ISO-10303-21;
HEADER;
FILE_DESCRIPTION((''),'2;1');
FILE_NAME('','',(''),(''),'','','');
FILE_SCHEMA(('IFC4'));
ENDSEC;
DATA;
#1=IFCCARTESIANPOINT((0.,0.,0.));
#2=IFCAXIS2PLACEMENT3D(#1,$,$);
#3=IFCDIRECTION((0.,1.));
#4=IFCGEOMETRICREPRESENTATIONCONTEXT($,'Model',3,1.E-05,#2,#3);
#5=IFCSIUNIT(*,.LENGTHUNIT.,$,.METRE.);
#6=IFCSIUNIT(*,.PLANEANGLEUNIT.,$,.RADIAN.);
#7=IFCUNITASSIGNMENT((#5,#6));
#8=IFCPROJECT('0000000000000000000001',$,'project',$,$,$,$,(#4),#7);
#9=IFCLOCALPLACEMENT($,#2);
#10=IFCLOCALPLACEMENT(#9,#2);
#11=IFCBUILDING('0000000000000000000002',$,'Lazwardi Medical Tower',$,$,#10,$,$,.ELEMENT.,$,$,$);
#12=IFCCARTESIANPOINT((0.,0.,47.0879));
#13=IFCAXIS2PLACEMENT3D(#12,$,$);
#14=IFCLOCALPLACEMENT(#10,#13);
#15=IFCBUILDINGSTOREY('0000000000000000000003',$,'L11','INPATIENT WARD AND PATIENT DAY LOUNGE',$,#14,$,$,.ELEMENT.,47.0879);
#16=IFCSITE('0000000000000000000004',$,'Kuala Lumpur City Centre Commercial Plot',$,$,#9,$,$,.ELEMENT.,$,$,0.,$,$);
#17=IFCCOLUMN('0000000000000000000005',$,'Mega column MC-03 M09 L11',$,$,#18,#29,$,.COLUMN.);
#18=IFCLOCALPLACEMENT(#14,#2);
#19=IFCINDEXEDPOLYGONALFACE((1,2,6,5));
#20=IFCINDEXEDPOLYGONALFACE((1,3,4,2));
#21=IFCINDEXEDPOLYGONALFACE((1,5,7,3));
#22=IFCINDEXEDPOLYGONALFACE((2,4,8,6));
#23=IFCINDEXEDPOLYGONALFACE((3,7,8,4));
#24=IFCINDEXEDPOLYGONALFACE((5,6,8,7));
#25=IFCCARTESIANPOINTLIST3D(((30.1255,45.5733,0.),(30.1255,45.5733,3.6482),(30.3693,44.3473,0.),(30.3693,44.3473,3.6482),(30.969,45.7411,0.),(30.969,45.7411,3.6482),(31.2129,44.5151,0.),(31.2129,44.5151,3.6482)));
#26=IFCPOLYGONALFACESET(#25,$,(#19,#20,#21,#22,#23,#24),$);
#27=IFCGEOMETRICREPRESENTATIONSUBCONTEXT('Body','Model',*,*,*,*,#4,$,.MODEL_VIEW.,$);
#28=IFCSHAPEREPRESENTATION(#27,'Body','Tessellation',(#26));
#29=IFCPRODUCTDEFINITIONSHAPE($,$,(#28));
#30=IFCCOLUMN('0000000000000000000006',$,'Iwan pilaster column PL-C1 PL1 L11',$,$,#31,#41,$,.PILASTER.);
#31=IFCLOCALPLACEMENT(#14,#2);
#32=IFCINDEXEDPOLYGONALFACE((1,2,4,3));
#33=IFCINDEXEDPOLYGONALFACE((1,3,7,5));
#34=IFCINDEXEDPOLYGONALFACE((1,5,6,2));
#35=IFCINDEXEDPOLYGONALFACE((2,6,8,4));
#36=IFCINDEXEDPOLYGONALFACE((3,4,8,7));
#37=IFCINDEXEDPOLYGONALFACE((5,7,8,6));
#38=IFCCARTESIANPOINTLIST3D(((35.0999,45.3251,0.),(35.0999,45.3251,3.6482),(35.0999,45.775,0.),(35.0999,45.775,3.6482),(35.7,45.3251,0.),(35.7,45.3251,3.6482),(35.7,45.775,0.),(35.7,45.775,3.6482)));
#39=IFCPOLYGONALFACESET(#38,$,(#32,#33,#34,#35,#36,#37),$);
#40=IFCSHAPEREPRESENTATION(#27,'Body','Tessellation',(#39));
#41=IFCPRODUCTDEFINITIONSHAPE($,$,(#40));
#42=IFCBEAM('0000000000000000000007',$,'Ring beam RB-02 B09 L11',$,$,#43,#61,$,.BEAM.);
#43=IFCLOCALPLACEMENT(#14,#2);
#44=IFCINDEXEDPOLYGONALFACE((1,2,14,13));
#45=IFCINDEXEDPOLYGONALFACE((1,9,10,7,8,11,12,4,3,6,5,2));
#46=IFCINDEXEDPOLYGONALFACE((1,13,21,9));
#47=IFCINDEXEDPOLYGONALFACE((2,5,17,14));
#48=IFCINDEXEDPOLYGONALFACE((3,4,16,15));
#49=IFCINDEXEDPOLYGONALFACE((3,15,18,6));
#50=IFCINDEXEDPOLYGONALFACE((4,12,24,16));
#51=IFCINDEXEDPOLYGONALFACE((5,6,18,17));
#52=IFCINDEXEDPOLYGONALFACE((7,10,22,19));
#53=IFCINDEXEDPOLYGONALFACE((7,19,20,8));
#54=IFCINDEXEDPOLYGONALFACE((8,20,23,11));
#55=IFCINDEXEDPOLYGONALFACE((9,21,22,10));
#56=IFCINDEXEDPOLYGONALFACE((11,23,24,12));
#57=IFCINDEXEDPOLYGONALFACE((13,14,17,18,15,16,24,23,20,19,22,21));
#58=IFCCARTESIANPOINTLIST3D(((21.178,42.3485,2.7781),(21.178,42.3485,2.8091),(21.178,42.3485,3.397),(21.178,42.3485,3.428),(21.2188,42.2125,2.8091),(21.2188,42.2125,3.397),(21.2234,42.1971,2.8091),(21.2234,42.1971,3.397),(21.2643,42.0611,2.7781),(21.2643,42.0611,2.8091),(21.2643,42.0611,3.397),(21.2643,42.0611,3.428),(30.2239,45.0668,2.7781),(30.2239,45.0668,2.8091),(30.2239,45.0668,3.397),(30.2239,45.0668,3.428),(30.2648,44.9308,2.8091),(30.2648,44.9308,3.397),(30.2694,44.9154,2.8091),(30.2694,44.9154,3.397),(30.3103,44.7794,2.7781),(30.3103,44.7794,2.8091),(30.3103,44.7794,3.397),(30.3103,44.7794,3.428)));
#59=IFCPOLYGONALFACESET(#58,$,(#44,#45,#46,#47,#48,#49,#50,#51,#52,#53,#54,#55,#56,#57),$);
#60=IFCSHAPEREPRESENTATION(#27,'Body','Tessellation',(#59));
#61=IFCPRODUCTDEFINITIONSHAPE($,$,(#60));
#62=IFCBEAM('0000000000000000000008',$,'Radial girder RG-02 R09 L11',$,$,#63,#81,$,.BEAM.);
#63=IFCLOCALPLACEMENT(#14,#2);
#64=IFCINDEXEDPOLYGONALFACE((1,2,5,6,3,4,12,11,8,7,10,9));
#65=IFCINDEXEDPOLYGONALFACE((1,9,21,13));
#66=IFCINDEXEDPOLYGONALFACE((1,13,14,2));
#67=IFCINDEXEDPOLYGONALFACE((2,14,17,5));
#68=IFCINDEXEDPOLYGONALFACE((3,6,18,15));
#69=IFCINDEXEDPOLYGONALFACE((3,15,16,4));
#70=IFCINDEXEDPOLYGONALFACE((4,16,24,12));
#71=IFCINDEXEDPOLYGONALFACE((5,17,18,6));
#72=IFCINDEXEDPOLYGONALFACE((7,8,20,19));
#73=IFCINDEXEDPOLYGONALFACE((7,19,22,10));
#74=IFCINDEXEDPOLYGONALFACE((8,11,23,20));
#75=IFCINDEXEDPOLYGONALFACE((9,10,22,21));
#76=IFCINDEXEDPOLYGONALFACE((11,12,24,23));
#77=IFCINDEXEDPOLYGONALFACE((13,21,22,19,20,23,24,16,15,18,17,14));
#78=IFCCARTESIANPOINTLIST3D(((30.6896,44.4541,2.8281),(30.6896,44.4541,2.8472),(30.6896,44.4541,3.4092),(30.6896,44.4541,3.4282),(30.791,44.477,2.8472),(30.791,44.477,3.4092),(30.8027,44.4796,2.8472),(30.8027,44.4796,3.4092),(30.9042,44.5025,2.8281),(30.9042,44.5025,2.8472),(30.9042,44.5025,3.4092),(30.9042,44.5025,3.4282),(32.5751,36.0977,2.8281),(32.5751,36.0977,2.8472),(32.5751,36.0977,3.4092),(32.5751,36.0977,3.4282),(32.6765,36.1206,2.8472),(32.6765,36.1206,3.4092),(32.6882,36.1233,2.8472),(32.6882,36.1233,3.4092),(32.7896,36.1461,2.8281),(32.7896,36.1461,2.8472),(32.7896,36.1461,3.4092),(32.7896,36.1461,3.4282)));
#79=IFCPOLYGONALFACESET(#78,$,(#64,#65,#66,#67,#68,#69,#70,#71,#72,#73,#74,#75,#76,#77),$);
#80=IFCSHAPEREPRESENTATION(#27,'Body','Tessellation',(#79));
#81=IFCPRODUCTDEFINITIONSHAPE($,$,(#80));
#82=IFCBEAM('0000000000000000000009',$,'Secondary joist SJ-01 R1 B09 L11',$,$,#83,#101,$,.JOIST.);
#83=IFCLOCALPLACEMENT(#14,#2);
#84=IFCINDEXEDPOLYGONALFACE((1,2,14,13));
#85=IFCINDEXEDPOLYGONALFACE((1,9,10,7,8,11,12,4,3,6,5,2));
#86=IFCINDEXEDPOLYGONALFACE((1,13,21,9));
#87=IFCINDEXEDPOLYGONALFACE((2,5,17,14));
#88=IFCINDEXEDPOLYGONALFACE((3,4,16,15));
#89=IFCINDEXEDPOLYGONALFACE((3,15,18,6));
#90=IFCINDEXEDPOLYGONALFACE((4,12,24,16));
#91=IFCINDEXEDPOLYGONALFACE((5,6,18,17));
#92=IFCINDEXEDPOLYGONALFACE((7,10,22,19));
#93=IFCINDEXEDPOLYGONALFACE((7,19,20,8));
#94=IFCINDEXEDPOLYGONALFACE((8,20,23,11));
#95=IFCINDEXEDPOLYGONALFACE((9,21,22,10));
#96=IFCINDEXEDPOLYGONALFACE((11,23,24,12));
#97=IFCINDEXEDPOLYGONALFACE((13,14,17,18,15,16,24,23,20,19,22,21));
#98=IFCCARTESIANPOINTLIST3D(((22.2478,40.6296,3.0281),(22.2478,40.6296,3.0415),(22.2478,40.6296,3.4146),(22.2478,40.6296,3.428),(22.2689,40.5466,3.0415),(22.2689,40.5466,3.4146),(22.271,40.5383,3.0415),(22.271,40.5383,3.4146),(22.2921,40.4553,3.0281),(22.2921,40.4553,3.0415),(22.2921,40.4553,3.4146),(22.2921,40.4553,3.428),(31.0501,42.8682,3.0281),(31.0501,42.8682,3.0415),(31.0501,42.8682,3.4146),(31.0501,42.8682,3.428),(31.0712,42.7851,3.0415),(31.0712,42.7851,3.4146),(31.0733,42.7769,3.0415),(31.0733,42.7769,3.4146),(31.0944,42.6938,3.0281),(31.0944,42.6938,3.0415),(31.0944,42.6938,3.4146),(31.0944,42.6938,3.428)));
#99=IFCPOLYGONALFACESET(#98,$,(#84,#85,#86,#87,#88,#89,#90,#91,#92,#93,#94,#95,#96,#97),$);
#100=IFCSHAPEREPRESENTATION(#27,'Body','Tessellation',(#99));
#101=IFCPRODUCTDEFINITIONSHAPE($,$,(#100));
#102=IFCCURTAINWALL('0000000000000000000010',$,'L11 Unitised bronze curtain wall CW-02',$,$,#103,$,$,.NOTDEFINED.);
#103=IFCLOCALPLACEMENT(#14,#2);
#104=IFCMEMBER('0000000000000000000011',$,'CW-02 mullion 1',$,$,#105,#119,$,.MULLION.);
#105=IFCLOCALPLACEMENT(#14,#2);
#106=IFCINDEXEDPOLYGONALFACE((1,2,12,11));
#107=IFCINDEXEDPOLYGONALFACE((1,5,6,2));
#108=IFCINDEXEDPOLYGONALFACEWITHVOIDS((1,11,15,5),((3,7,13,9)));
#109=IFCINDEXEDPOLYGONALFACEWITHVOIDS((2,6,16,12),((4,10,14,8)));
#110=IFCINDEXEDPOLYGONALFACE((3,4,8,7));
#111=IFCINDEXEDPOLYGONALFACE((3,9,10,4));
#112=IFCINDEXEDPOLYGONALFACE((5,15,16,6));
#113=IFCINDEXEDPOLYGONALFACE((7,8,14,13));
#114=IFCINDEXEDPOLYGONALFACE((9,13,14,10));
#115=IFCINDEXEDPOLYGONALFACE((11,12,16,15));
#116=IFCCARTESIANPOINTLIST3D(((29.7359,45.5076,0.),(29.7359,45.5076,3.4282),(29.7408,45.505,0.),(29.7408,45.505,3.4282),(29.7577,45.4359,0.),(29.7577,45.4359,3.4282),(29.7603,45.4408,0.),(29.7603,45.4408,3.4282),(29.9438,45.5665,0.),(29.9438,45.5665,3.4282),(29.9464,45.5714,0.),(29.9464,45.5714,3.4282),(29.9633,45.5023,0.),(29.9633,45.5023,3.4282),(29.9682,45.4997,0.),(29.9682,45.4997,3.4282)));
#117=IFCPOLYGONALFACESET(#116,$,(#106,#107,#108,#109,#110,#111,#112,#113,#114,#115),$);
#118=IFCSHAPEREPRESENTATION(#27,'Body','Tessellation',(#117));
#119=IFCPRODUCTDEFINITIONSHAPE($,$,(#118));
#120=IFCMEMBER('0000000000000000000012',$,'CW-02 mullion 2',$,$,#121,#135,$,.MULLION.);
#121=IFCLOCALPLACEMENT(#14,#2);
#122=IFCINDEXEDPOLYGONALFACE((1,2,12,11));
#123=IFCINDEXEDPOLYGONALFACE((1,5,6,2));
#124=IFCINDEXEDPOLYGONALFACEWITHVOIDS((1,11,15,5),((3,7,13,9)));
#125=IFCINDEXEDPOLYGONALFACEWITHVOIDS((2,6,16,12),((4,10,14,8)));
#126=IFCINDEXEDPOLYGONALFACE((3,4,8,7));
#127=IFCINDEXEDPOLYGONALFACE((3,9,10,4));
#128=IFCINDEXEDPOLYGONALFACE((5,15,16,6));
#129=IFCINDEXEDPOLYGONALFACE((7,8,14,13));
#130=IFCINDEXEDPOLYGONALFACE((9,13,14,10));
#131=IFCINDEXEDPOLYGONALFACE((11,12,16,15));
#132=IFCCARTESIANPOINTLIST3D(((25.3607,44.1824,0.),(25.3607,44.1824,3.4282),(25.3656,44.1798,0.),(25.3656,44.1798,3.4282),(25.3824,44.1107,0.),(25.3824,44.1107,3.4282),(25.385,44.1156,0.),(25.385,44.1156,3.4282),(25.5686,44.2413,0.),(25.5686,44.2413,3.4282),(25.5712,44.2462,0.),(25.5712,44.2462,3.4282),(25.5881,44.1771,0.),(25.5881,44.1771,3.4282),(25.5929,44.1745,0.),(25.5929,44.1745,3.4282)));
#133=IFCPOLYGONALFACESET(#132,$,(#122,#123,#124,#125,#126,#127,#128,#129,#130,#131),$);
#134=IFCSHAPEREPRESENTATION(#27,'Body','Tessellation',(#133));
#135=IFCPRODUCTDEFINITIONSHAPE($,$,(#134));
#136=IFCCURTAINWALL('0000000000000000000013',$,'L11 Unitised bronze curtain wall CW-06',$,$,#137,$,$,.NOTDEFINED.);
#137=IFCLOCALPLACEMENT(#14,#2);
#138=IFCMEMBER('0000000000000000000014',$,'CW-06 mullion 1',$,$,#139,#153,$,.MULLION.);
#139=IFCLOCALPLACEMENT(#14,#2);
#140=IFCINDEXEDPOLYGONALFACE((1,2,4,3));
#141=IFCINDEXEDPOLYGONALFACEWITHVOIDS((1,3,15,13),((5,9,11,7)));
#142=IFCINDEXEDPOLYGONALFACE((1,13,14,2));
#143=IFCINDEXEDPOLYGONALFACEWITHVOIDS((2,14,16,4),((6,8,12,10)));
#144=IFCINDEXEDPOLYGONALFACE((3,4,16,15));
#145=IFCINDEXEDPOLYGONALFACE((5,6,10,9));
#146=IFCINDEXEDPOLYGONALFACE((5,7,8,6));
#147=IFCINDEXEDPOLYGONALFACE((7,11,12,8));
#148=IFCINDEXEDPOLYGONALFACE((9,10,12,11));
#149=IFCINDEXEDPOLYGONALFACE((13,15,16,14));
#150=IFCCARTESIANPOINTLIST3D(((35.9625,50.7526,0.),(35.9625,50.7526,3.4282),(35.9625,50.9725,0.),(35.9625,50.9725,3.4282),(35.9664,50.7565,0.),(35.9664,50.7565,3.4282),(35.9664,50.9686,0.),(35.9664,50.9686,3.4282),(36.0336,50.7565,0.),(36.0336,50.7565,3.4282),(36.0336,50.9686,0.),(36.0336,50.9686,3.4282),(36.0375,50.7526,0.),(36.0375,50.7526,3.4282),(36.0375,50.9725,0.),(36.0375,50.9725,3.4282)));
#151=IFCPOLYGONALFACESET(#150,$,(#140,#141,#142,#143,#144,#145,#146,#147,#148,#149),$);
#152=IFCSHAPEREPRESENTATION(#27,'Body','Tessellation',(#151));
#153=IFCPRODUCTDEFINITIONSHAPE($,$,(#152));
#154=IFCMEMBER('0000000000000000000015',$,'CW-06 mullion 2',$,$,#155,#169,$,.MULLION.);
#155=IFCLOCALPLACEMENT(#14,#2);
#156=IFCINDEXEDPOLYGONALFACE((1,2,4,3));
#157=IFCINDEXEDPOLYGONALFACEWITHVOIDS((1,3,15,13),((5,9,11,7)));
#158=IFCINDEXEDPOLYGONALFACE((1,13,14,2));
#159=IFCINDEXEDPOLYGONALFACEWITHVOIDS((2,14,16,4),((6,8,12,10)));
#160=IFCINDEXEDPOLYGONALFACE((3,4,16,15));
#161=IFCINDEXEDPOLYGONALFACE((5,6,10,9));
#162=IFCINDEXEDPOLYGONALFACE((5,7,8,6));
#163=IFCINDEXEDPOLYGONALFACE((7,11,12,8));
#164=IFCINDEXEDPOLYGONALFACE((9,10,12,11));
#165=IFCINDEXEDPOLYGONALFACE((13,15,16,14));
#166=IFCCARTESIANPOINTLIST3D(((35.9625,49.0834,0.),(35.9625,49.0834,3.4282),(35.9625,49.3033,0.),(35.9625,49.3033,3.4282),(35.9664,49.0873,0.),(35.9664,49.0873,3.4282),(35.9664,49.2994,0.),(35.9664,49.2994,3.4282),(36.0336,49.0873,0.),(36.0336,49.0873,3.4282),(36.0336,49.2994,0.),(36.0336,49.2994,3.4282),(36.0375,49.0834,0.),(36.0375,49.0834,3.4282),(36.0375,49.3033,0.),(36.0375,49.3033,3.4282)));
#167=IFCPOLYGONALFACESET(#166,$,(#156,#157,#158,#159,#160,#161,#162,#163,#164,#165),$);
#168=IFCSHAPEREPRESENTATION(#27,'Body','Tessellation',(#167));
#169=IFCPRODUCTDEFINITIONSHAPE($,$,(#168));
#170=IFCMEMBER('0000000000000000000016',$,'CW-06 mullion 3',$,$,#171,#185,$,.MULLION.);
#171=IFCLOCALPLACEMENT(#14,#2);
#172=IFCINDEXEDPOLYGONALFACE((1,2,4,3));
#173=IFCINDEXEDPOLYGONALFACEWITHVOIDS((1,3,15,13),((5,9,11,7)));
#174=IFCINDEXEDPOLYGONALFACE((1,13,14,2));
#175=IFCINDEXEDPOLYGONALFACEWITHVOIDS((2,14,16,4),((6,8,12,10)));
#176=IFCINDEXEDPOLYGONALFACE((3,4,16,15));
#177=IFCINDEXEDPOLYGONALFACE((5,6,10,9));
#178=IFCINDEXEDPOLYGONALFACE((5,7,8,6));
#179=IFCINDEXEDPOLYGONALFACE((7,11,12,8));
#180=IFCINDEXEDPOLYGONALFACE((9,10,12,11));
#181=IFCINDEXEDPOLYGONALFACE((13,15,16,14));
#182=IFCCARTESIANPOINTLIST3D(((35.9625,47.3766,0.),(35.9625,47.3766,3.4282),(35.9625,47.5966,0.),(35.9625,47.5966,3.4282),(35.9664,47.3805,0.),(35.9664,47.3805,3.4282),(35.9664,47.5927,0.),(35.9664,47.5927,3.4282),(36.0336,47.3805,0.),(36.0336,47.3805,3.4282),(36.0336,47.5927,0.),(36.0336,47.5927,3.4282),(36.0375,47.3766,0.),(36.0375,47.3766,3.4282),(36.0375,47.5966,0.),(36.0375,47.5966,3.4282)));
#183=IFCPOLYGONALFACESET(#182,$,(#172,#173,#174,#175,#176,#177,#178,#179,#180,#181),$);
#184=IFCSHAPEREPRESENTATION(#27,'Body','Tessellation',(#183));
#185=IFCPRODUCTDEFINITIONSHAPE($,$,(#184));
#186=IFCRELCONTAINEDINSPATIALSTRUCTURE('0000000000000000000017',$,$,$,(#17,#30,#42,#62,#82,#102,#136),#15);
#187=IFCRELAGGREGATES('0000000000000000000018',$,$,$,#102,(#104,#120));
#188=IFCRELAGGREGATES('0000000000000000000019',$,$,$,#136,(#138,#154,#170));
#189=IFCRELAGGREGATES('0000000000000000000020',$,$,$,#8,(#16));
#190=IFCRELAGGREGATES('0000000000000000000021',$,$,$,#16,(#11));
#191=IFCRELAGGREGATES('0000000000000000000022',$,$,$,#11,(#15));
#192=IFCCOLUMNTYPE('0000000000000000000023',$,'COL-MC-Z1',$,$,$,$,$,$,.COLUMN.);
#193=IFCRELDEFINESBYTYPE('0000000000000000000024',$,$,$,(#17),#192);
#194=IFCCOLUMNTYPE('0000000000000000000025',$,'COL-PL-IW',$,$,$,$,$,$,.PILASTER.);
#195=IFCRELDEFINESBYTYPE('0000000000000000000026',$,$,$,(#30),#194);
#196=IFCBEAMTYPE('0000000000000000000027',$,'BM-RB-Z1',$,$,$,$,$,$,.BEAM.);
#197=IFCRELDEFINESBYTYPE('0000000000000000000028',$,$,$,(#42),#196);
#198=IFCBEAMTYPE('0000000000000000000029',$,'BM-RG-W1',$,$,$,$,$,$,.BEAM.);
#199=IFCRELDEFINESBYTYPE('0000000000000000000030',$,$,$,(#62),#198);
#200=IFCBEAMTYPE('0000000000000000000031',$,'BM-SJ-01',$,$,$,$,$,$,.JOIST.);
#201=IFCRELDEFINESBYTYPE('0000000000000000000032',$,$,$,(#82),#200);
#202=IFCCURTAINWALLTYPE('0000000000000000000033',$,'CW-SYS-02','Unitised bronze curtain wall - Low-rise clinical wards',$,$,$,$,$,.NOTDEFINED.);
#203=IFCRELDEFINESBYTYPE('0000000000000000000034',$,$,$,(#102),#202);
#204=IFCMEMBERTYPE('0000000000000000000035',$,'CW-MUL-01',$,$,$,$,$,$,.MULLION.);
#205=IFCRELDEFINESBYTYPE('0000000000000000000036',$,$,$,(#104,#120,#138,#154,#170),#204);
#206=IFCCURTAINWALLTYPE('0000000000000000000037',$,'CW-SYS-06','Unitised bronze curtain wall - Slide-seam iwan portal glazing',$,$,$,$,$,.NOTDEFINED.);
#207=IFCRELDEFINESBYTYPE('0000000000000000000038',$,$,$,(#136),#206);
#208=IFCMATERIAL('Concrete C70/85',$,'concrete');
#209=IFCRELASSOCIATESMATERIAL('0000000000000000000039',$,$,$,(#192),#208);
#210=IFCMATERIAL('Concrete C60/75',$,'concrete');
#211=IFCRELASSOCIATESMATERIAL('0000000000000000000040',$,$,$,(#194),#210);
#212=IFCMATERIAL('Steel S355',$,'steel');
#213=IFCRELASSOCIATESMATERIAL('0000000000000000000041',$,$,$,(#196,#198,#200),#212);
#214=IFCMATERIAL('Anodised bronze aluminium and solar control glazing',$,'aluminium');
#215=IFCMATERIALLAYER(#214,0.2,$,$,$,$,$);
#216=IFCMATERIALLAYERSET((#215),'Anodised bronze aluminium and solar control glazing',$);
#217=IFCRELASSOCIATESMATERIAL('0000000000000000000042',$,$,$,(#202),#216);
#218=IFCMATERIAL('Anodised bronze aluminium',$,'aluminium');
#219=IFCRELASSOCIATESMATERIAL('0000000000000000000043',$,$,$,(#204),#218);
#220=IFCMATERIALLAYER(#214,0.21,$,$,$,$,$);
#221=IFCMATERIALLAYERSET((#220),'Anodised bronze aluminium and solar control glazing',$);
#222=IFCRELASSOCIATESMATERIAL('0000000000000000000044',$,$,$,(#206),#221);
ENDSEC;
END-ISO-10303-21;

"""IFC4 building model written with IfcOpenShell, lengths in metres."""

from ifc_helpers import new_model, si_unit, direction, frame, origin, origin_2d, place, context, subcontext, project, spatial, rectangle, hollow_rectangle, i_section, extrude, material, layer, layer_set, material_profile, profile_set, type_object, element, aggregate, save


model = new_model("IFC4")

# Units and contexts
model_context = context("Model", 3, precision=1e-05, world=origin(), true_north=direction((0.0, 1.0)))
body_context = subcontext(model_context, "Body", "Model", "MODEL_VIEW")
ifc_project = project(units=[si_unit("LENGTHUNIT", "METRE"), si_unit("PLANEANGLEUNIT", "RADIAN")], contexts=[model_context])

# Site, building, storey
site_placement = place(None, origin())
site = spatial("IfcSite", under=ifc_project, at=site_placement, Name="Kuala Lumpur City Centre Commercial Plot", CompositionType="ELEMENT", RefElevation=0.0)
building_placement = place(site_placement, origin())
building = spatial("IfcBuilding", under=site, at=building_placement, Name="Lazwardi Medical Tower", CompositionType="ELEMENT")
storey_placement = place(building_placement, frame((0.0, 0.0, 47.0879)))
storey = spatial("IfcBuildingStorey", under=building, at=storey_placement, Name="L11", Description="INPATIENT WARD AND PATIENT DAY LOUNGE", CompositionType="ELEMENT", Elevation=47.0879)

# Columns
ifc_material_1 = material(Name="Concrete C70/85", Category="concrete")
ifc_material_profile_1 = material_profile(ifc_material_1, rectangle(XDim=1.25, YDim=0.8601, at=origin_2d()), Name="CFT-RECT 1250x860")
ifc_profile_set_1 = profile_set([ifc_material_profile_1], Name="Concrete C70/85")
column_type_1 = type_object("IfcColumnType", Name="COL-MC-Z1", PredefinedType="COLUMN", material=ifc_profile_set_1)
column_1_placement = place(storey_placement, frame((30.6692, 45.0442, 0.0), z_axis=(0.0, 0.0, 1.0), x_axis=(-0.19509, 0.980785, 0.0)))
element("IfcColumn", 1, at=column_1_placement, inside=storey, type_object=column_type_1, Name="Mega column MC-03 M09 L11", PredefinedType="COLUMN", context=body_context, shape_type="SweptSolid", body=[
    extrude(rectangle(XDim=1.25, YDim=0.8601, at=origin_2d()), origin(), (0.0, 0.0, 1.0), 3.6482),
])
ifc_material_2 = material(Name="Concrete C60/75", Category="concrete")
ifc_material_profile_2 = material_profile(ifc_material_2, rectangle(XDim=0.6001, YDim=0.45, at=origin_2d()), Name="RC 600x450")
ifc_profile_set_2 = profile_set([ifc_material_profile_2], Name="Concrete C60/75")
column_type_2 = type_object("IfcColumnType", Name="COL-PL-IW", PredefinedType="PILASTER", material=ifc_profile_set_2)
column_2_placement = place(storey_placement, frame((35.3999, 45.55, 0.0), z_axis=(0.0, 0.0, 1.0), x_axis=(1.0, 0.0, 0.0)))
element("IfcColumn", 2, at=column_2_placement, inside=storey, type_object=column_type_2, Name="Iwan pilaster column PL-C1 PL1 L11", PredefinedType="PILASTER", context=body_context, shape_type="SweptSolid", body=[
    extrude(rectangle(XDim=0.6001, YDim=0.45, at=origin_2d()), origin(), (0.0, 0.0, 1.0), 3.6482),
])

# Beams
ifc_material_3 = material(Name="Steel S355", Category="steel")
ifc_material_profile_3 = material_profile(ifc_material_3, i_section(OverallWidth=0.3, OverallDepth=0.6499, WebThickness=0.0161, FlangeThickness=0.031, at=origin_2d()), Name="HEB 650")
ifc_profile_set_3 = profile_set([ifc_material_profile_3], Name="Steel S355")
beam_type_1 = type_object("IfcBeamType", Name="BM-RB-Z1", PredefinedType="BEAM", material=ifc_profile_set_3)
beam_1_placement = place(storey_placement, frame((30.2671, 44.9231, 3.103), z_axis=(-0.957695, -0.287784, 0.0), x_axis=(0.287784, -0.957695, 0.0)))
element("IfcBeam", 3, at=beam_1_placement, inside=storey, type_object=beam_type_1, Name="Ring beam RB-02 B09 L11", PredefinedType="BEAM", context=body_context, shape_type="SweptSolid", body=[
    extrude(i_section(OverallWidth=0.3, OverallDepth=0.6499, WebThickness=0.0161, FlangeThickness=0.031, at=origin_2d()), origin(), (0.0, 0.0, 1.0), 9.4456),
])
ifc_material_profile_4 = material_profile(ifc_material_3, i_section(OverallWidth=0.22, OverallDepth=0.6001, WebThickness=0.012, FlangeThickness=0.019, at=origin_2d()), Name="IPE 600")
ifc_profile_set_4 = profile_set([ifc_material_profile_4], Name="Steel S355")
beam_type_2 = type_object("IfcBeamType", Name="BM-RG-W1", PredefinedType="BEAM", material=ifc_profile_set_4)
beam_2_placement = place(storey_placement, frame((30.7969, 44.4783, 3.1282), z_axis=(0.220101, -0.975477, 0.0), x_axis=(0.975477, 0.220101, 0.0)))
element("IfcBeam", 4, at=beam_2_placement, inside=storey, type_object=beam_type_2, Name="Radial girder RG-02 R09 L11", PredefinedType="BEAM", context=body_context, shape_type="SweptSolid", body=[
    extrude(i_section(OverallWidth=0.22, OverallDepth=0.6001, WebThickness=0.012, FlangeThickness=0.019, at=origin_2d()), origin(), (0.0, 0.0, 1.0), 8.5664),
])
ifc_material_profile_5 = material_profile(ifc_material_3, i_section(OverallWidth=0.1799, OverallDepth=0.3999, WebThickness=0.0085, FlangeThickness=0.0134, at=origin_2d()), Name="IPE 400")
ifc_profile_set_5 = profile_set([ifc_material_profile_5], Name="Steel S355")
beam_type_3 = type_object("IfcBeamType", Name="BM-SJ-01", PredefinedType="JOIST", material=ifc_profile_set_5)
beam_3_placement = place(storey_placement, frame((31.0723, 42.781, 3.228), z_axis=(-0.969151, -0.246468, 0.0), x_axis=(0.246468, -0.969151, 0.0)))
element("IfcBeam", 5, at=beam_3_placement, inside=storey, type_object=beam_type_3, Name="Secondary joist SJ-01 R1 B09 L11", PredefinedType="JOIST", context=body_context, shape_type="SweptSolid", body=[
    extrude(i_section(OverallWidth=0.1799, OverallDepth=0.3999, WebThickness=0.0085, FlangeThickness=0.0134, at=origin_2d()), origin(), (0.0, 0.0, 1.0), 9.0825),
])

# Curtain walls, members
ifc_material_4 = material(Name="Anodised bronze aluminium and solar control glazing", Category="aluminium")
ifc_layer_1 = layer(ifc_material_4, 0.2)
ifc_layer_set_1 = layer_set([ifc_layer_1], Name="Anodised bronze aluminium and solar control glazing")
curtain_wall_type_1 = type_object("IfcCurtainWallType", Name="CW-SYS-02", Description="Unitised bronze curtain wall - Low-rise clinical wards", PredefinedType="NOTDEFINED", material=ifc_layer_set_1)
curtain_wall_1_placement = place(storey_placement, origin())
curtain_wall_1 = element("IfcCurtainWall", 6, at=curtain_wall_1_placement, inside=storey, type_object=curtain_wall_type_1, Name="L11 Unitised bronze curtain wall CW-02", PredefinedType="NOTDEFINED")
ifc_material_5 = material(Name="Anodised bronze aluminium", Category="aluminium")
ifc_material_profile_6 = material_profile(ifc_material_5, hollow_rectangle(XDim=0.075, YDim=0.22, WallThickness=0.0039, at=origin_2d()), Name="ALU-MULLION 220x75x4")
ifc_profile_set_6 = profile_set([ifc_material_profile_6], Name="Anodised bronze aluminium")
member_type_1 = type_object("IfcMemberType", Name="CW-MUL-01", PredefinedType="MULLION", material=ifc_profile_set_6)
member_1_placement = place(storey_placement, frame((29.8521, 45.5037, 0.0), z_axis=(0.0, 0.0, 1.0), x_axis=(0.289896, -0.957058, 0.0)))
member_1 = element("IfcMember", 7, at=member_1_placement, type_object=member_type_1, Name="CW-02 mullion 1", PredefinedType="MULLION", context=body_context, shape_type="SweptSolid", body=[
    extrude(hollow_rectangle(XDim=0.075, YDim=0.22, WallThickness=0.0039, at=origin_2d()), origin(), (0.0, 0.0, 1.0), 3.4282),
])
member_2_placement = place(storey_placement, frame((25.4768, 44.1785, 0.0), z_axis=(0.0, 0.0, 1.0), x_axis=(0.289896, -0.957058, 0.0)))
member_2 = element("IfcMember", 8, at=member_2_placement, type_object=member_type_1, Name="CW-02 mullion 2", PredefinedType="MULLION", context=body_context, shape_type="SweptSolid", body=[
    extrude(hollow_rectangle(XDim=0.075, YDim=0.22, WallThickness=0.0039, at=origin_2d()), origin(), (0.0, 0.0, 1.0), 3.4282),
])
ifc_layer_2 = layer(ifc_material_4, 0.21)
ifc_layer_set_2 = layer_set([ifc_layer_2], Name="Anodised bronze aluminium and solar control glazing")
curtain_wall_type_2 = type_object("IfcCurtainWallType", Name="CW-SYS-06", Description="Unitised bronze curtain wall - Slide-seam iwan portal glazing", PredefinedType="NOTDEFINED", material=ifc_layer_set_2)
curtain_wall_2_placement = place(storey_placement, origin())
curtain_wall_2 = element("IfcCurtainWall", 9, at=curtain_wall_2_placement, inside=storey, type_object=curtain_wall_type_2, Name="L11 Unitised bronze curtain wall CW-06", PredefinedType="NOTDEFINED")
member_3_placement = place(storey_placement, frame((36.0, 50.8625, 0.0), z_axis=(0.0, 0.0, 1.0), x_axis=(1.0, 0.0, 0.0)))
member_3 = element("IfcMember", 10, at=member_3_placement, type_object=member_type_1, Name="CW-06 mullion 1", PredefinedType="MULLION", context=body_context, shape_type="SweptSolid", body=[
    extrude(hollow_rectangle(XDim=0.075, YDim=0.22, WallThickness=0.0039, at=origin_2d()), origin(), (0.0, 0.0, 1.0), 3.4282),
])
member_4_placement = place(storey_placement, frame((36.0, 49.1934, 0.0), z_axis=(0.0, 0.0, 1.0), x_axis=(1.0, 0.0, 0.0)))
member_4 = element("IfcMember", 11, at=member_4_placement, type_object=member_type_1, Name="CW-06 mullion 2", PredefinedType="MULLION", context=body_context, shape_type="SweptSolid", body=[
    extrude(hollow_rectangle(XDim=0.075, YDim=0.22, WallThickness=0.0039, at=origin_2d()), origin(), (0.0, 0.0, 1.0), 3.4282),
])
member_5_placement = place(storey_placement, frame((36.0, 47.4866, 0.0), z_axis=(0.0, 0.0, 1.0), x_axis=(1.0, 0.0, 0.0)))
member_5 = element("IfcMember", 12, at=member_5_placement, type_object=member_type_1, Name="CW-06 mullion 3", PredefinedType="MULLION", context=body_context, shape_type="SweptSolid", body=[
    extrude(hollow_rectangle(XDim=0.075, YDim=0.22, WallThickness=0.0039, at=origin_2d()), origin(), (0.0, 0.0, 1.0), 3.4282),
])

aggregate(curtain_wall_1, [member_1, member_2])
aggregate(curtain_wall_2, [member_3, member_4, member_5])

save(model, "model.ifc")
